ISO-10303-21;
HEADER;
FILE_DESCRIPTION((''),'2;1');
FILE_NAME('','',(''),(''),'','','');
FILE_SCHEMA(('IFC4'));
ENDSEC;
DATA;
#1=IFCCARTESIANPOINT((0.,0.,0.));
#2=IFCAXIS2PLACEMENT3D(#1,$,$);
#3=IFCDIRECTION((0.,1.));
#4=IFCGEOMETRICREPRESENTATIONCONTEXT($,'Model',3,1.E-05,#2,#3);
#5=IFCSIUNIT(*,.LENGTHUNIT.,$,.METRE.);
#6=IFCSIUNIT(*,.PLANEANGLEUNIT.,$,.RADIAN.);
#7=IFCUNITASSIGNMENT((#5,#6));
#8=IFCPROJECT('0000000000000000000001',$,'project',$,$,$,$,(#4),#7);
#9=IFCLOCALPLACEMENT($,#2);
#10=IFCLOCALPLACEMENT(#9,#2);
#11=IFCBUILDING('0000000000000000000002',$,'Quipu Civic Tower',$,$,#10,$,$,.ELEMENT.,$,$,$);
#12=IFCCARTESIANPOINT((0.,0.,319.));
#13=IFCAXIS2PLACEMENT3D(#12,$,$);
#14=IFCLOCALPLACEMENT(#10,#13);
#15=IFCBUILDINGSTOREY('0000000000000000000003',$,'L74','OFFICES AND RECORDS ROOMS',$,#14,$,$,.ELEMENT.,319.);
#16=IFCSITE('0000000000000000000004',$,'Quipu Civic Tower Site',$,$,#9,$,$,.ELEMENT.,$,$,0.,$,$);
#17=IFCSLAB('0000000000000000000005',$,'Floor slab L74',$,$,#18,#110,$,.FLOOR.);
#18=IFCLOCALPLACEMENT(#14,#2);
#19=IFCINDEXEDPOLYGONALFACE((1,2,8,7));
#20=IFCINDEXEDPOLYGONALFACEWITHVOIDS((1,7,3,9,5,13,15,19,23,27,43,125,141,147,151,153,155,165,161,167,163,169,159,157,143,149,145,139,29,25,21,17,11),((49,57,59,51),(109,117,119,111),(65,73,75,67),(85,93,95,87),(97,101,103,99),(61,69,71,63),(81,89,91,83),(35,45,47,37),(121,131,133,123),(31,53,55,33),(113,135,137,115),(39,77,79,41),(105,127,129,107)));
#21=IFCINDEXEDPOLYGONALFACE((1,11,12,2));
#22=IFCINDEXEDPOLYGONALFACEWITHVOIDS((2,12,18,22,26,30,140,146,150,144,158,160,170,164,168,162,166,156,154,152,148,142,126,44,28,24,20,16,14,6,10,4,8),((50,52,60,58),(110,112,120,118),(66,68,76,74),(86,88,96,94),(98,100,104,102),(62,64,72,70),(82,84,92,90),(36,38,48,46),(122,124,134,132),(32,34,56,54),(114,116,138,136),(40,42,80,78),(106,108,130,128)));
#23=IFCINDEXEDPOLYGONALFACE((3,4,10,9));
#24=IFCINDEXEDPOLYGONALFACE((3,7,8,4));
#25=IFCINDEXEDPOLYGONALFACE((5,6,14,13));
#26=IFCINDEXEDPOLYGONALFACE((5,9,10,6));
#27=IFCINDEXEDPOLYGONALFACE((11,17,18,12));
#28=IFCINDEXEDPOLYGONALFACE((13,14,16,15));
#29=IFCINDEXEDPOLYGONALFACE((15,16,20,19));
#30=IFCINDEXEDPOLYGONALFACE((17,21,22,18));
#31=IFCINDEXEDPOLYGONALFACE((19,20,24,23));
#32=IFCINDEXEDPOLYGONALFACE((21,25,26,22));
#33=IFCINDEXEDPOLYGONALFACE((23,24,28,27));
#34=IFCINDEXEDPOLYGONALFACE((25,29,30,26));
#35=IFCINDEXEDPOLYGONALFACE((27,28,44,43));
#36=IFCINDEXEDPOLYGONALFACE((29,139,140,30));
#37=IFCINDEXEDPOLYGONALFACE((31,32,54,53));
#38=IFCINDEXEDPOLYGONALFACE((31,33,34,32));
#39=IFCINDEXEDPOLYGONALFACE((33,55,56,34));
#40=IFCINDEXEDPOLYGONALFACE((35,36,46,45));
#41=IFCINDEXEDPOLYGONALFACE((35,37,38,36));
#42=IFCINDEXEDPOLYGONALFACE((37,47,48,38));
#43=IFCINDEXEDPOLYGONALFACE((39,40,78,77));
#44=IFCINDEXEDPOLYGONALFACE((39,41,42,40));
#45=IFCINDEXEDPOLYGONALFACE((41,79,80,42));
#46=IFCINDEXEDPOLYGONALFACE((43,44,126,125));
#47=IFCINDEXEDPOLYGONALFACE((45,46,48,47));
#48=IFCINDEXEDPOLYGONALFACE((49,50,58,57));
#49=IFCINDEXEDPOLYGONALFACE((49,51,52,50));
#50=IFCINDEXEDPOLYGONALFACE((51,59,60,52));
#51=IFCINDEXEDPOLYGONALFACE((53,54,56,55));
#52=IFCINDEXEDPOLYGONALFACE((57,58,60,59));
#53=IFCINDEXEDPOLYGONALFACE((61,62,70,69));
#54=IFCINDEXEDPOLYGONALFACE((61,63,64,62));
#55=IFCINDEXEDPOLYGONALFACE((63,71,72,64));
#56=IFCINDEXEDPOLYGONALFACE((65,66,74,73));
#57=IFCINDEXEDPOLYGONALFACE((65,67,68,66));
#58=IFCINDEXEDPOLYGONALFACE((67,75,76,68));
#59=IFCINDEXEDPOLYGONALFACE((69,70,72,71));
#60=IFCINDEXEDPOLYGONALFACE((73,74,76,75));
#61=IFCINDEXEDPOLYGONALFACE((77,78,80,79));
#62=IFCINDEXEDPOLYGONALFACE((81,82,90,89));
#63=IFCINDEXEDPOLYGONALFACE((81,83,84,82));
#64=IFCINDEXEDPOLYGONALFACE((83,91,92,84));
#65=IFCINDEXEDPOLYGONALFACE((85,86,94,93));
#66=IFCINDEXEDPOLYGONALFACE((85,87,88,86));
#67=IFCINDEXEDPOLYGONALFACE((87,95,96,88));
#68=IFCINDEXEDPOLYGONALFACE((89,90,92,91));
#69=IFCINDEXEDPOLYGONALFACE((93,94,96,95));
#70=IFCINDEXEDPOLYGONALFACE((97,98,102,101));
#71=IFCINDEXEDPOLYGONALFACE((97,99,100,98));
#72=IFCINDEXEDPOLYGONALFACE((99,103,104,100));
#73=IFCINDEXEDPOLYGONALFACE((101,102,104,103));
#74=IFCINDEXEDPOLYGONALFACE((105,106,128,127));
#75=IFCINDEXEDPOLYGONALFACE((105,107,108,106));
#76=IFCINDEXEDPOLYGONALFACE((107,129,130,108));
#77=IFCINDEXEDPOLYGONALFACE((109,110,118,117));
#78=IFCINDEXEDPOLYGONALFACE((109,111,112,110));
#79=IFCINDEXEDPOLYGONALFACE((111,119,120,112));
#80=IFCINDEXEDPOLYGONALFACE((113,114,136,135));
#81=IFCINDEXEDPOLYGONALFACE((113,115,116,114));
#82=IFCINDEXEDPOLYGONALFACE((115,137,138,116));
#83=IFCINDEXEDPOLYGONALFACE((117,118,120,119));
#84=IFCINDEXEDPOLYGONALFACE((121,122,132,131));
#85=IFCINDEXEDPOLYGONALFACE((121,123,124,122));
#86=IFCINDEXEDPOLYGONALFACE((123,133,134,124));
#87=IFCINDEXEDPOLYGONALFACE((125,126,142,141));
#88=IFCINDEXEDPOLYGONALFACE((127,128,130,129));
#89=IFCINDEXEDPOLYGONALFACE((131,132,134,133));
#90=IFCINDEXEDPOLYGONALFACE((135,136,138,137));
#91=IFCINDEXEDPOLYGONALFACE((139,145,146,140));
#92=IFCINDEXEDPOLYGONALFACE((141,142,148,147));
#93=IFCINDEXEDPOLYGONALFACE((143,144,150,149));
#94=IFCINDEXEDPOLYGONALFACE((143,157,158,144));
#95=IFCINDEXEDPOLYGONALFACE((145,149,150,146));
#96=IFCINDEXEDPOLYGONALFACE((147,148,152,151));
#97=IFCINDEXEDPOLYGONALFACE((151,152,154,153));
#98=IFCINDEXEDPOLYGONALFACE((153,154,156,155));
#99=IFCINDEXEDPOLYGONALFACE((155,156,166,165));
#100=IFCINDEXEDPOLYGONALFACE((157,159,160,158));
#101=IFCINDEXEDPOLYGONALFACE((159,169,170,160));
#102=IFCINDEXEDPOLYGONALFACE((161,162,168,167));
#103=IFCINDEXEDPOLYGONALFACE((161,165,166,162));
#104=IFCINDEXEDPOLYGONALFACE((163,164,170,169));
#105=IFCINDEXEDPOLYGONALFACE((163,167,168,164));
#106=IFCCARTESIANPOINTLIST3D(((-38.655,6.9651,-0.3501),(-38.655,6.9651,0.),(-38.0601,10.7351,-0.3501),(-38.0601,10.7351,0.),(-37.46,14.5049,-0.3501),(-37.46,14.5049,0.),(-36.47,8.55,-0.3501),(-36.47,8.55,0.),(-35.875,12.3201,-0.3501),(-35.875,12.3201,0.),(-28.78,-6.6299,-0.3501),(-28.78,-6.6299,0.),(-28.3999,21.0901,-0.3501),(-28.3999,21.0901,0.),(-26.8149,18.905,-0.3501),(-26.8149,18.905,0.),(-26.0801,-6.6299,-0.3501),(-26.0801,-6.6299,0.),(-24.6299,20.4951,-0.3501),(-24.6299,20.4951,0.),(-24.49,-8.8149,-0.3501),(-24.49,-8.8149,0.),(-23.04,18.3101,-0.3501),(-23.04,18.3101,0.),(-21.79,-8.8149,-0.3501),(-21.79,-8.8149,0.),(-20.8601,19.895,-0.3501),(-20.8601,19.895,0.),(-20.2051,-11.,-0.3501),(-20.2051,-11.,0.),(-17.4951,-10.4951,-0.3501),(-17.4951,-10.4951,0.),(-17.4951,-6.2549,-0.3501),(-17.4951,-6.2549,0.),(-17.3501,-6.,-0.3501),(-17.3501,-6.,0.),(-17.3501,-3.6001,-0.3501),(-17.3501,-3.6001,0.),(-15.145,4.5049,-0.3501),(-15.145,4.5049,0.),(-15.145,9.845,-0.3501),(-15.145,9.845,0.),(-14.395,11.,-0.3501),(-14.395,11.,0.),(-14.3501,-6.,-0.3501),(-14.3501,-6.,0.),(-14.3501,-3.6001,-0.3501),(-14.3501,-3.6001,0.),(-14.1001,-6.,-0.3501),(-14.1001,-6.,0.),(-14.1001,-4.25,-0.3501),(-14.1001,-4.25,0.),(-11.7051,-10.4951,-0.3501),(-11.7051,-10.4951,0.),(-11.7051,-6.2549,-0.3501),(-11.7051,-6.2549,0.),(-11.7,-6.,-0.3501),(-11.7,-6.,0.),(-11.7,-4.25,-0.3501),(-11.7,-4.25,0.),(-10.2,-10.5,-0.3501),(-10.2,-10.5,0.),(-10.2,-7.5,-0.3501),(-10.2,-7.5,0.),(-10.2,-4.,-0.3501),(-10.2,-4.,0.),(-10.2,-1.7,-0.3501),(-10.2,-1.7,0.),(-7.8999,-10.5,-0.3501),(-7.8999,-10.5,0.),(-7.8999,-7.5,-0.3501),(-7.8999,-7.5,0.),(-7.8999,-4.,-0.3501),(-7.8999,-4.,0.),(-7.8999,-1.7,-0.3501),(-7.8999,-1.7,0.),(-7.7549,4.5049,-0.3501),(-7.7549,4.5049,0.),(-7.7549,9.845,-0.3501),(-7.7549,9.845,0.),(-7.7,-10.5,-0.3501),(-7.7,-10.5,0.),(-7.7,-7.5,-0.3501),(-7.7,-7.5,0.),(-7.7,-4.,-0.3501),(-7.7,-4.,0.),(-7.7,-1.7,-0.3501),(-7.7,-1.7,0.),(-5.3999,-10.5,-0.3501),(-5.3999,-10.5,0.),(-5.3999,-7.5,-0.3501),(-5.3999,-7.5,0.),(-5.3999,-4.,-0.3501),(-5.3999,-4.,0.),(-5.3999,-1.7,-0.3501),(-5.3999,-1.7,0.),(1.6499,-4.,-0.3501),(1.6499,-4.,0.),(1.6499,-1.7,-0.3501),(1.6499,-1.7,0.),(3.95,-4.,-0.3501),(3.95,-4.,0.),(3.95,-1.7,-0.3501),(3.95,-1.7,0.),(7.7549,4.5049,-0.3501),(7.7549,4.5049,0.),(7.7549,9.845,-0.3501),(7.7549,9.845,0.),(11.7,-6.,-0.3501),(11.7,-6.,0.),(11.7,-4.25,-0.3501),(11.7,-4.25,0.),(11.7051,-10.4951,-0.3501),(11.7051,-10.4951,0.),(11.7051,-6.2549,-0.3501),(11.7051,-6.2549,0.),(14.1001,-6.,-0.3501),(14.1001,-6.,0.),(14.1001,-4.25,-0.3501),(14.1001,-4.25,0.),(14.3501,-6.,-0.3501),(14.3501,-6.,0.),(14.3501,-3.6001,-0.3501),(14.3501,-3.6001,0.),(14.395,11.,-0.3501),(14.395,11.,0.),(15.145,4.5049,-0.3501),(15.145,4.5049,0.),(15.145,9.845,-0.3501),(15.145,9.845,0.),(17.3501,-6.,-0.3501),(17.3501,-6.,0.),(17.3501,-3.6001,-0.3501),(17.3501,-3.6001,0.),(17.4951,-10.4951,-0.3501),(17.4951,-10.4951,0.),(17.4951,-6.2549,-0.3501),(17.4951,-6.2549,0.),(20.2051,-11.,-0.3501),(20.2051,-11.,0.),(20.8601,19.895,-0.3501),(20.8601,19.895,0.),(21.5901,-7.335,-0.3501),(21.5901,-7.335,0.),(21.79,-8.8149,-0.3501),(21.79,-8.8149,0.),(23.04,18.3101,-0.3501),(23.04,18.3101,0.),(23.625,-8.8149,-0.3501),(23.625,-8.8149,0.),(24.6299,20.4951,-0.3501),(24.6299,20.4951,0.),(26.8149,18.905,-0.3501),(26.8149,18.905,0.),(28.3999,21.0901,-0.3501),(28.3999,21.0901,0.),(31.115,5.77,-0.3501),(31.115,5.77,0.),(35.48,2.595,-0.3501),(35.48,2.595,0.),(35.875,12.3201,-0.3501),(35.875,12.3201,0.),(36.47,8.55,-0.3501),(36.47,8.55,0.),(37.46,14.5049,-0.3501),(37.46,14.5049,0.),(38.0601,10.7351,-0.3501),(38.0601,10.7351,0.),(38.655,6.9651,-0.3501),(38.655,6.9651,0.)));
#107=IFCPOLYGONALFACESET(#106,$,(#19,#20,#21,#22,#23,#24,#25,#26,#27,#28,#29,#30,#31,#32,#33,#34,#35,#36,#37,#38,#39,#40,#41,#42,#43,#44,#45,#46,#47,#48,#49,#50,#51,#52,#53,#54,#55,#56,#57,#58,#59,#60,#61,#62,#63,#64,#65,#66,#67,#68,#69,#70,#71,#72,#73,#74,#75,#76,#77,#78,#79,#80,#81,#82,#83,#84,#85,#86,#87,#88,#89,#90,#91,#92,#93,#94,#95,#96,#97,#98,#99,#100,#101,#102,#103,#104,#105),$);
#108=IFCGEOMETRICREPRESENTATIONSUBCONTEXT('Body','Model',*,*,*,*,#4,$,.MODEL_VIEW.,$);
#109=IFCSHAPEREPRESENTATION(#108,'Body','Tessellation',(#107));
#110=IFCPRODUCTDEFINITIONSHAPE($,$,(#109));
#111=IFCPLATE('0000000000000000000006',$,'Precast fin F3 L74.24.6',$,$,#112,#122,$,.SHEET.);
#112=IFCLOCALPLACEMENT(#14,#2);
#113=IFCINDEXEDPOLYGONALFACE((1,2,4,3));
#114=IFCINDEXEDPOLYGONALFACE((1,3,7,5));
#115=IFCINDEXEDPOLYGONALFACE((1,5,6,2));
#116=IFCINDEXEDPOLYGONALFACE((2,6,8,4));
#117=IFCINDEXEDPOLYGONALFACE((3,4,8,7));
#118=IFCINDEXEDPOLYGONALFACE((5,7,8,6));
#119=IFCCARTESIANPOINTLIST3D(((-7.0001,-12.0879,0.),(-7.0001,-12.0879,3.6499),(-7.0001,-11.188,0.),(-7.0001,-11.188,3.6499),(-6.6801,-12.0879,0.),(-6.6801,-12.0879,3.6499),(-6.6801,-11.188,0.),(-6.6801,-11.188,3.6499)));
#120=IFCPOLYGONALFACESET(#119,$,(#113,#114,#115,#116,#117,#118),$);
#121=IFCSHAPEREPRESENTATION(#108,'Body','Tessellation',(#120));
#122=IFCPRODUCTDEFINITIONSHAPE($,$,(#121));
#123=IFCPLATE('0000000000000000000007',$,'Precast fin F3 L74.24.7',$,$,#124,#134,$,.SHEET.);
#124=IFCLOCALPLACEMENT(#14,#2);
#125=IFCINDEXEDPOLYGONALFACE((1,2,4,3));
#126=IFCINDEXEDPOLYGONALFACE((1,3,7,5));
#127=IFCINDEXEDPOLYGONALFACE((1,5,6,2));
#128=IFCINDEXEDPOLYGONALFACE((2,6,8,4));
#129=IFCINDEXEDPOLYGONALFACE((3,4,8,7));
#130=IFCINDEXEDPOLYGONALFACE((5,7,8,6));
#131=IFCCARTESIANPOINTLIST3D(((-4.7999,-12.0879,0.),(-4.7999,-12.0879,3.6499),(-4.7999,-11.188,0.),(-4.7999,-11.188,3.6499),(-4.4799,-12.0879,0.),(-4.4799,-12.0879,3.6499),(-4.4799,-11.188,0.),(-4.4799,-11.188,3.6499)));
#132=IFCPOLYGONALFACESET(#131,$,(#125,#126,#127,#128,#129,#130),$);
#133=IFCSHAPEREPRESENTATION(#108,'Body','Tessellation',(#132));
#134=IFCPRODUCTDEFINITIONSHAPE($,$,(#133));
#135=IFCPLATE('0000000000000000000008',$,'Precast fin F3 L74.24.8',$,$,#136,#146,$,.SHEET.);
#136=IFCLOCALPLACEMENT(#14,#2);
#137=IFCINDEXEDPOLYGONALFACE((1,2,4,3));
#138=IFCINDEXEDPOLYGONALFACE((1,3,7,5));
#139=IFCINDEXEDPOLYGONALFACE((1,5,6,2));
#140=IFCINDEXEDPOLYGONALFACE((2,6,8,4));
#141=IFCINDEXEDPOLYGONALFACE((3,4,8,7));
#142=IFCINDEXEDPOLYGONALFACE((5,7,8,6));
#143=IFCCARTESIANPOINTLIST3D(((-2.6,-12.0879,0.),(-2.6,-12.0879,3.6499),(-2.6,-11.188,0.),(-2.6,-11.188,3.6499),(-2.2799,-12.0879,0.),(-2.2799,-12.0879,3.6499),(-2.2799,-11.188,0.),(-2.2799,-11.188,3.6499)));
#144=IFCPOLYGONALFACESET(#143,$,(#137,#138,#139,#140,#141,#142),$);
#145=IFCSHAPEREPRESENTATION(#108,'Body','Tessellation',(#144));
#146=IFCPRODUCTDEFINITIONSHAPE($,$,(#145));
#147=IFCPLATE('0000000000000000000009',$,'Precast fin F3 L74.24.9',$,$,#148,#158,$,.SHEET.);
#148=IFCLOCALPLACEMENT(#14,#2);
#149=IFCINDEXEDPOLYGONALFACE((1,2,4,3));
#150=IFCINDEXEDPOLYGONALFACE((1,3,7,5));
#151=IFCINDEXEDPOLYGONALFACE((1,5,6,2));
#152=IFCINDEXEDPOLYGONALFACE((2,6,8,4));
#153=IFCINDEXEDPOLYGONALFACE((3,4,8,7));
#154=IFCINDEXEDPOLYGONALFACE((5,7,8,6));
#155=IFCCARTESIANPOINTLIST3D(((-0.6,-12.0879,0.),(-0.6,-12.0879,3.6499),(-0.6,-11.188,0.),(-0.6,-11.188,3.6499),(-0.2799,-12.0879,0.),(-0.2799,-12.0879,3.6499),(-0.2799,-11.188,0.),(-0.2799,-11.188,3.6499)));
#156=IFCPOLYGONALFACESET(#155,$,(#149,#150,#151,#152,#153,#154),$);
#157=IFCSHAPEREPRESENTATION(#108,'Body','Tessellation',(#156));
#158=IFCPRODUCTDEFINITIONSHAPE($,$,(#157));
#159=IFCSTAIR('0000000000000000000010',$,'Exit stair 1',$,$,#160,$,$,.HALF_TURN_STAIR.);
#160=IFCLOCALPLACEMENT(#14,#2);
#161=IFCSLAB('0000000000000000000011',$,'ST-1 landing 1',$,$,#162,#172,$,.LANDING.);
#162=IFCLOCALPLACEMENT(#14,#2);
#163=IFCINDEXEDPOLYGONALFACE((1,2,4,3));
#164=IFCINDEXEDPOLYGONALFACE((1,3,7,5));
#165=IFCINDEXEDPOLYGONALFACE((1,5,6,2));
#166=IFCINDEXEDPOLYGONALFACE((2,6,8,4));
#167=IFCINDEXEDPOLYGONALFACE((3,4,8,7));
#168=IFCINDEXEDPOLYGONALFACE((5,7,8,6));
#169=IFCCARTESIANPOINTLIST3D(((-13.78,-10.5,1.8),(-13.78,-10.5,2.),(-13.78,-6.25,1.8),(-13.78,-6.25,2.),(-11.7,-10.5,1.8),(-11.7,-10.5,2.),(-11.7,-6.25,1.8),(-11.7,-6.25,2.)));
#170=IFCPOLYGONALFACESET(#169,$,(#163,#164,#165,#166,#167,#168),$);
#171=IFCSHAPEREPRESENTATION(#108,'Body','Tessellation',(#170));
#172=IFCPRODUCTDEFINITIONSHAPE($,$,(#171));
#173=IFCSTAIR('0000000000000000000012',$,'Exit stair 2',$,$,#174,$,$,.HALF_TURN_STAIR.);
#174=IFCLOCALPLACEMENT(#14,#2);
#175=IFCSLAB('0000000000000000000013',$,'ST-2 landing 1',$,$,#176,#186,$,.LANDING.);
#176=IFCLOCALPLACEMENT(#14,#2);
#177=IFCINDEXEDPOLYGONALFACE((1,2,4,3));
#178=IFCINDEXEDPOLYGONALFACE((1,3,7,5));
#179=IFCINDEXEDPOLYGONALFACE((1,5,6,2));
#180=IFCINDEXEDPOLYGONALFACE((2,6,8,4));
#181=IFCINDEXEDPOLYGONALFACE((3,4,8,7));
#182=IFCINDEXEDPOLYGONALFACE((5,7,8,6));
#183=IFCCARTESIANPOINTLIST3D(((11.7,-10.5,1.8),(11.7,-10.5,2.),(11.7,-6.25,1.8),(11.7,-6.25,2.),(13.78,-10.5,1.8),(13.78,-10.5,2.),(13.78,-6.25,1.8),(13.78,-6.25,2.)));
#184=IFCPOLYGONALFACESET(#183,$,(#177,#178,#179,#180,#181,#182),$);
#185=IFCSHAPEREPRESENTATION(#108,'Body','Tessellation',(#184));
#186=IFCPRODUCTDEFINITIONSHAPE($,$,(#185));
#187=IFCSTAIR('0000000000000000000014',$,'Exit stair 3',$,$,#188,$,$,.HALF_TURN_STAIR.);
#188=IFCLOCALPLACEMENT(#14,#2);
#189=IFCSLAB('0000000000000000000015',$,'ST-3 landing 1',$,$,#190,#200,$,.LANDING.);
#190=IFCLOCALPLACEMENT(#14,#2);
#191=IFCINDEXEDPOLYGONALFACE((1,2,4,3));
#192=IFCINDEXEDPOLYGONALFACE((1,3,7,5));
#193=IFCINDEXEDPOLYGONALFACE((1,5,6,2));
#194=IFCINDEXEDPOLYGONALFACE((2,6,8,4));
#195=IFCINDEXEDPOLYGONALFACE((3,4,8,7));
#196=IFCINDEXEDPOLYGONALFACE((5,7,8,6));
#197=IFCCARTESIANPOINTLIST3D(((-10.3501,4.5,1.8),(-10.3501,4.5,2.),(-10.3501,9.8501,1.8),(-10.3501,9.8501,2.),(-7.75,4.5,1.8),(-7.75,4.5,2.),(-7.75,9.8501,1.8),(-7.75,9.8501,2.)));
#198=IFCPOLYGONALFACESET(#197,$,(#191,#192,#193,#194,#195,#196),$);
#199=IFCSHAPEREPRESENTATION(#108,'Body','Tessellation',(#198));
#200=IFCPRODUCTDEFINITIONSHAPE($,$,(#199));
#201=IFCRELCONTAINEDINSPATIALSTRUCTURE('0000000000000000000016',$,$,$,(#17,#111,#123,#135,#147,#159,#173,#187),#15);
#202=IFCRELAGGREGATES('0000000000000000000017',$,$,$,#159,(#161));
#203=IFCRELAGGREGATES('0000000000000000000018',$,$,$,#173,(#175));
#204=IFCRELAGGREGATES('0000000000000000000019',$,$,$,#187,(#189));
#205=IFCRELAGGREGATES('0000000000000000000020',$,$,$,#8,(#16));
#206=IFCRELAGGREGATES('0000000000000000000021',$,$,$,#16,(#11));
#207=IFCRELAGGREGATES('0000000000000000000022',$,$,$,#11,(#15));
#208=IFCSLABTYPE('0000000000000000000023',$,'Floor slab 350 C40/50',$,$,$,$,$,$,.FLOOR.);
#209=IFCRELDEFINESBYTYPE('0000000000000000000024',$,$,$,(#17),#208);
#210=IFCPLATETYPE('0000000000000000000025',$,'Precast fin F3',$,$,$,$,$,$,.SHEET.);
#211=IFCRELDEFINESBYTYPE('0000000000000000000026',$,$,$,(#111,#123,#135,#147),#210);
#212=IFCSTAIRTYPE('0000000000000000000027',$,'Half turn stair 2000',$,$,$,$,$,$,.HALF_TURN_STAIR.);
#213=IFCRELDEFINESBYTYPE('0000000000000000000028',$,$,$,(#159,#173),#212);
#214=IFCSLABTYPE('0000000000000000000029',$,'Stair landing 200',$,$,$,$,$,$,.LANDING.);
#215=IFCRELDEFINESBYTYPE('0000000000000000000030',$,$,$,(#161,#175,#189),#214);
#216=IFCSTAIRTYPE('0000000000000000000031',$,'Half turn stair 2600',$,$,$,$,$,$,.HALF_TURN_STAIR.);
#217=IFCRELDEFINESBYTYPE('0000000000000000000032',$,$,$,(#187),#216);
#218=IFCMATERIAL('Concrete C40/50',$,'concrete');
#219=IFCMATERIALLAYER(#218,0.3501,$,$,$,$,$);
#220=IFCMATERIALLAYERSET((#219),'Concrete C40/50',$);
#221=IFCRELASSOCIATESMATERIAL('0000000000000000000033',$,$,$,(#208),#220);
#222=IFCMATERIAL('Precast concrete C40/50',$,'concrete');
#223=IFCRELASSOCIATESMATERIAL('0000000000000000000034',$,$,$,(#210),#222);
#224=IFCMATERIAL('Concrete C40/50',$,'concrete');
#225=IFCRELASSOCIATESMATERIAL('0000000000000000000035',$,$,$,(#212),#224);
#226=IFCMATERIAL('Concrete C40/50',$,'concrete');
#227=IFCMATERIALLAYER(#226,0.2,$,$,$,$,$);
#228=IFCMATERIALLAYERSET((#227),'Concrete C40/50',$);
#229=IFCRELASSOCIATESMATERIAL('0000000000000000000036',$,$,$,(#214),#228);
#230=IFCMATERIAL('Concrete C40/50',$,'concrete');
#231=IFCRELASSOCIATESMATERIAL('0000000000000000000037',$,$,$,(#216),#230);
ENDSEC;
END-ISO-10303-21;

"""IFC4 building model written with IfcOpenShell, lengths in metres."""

from ifc_helpers import new_model, si_unit, direction, frame, origin, origin_2d, place, context, subcontext, project, spatial, polyline, rectangle, outline, extrude, material, layer, layer_set, type_object, element, aggregate, save


model = new_model("IFC4")

# Units and contexts
model_context = context("Model", 3, precision=1e-05, world=origin(), true_north=direction((0.0, 1.0)))
body_context = subcontext(model_context, "Body", "Model", "MODEL_VIEW")
ifc_project = project(units=[si_unit("LENGTHUNIT", "METRE"), si_unit("PLANEANGLEUNIT", "RADIAN")], contexts=[model_context])

# Site, building, storey
site_placement = place(None, origin())
site = spatial("IfcSite", under=ifc_project, at=site_placement, Name="Quipu Civic Tower Site", CompositionType="ELEMENT", RefElevation=0.0)
building_placement = place(site_placement, origin())
building = spatial("IfcBuilding", under=site, at=building_placement, Name="Quipu Civic Tower", CompositionType="ELEMENT")
storey_placement = place(building_placement, frame((0.0, 0.0, 319.0)))
storey = spatial("IfcBuildingStorey", under=building, at=storey_placement, Name="L74", Description="OFFICES AND RECORDS ROOMS", CompositionType="ELEMENT", Elevation=319.0)

# Slab
ifc_material_1 = material(Name="Concrete C40/50", Category="concrete")
ifc_layer_1 = layer(ifc_material_1, 0.3501)
ifc_layer_set_1 = layer_set([ifc_layer_1], Name="Concrete C40/50")
slab_type_1 = type_object("IfcSlabType", Name="Floor slab 350 C40/50", PredefinedType="FLOOR", material=ifc_layer_set_1)
slab_1_placement = place(storey_placement, frame((0.0, 0.0, -0.3501)))
element("IfcSlab", 1, at=slab_1_placement, inside=storey, type_object=slab_type_1, Name="Floor slab L74", PredefinedType="FLOOR", context=body_context, shape_type="SweptSolid", body=[
    extrude(outline(polyline([(-20.2051, -11.0), (-21.79, -8.8149), (-24.49, -8.8149), (-26.0801, -6.6299), (-28.78, -6.6299), (-38.655, 6.9651), (-36.47, 8.55), (-38.0601, 10.7351), (-35.875, 12.3201), (-37.46, 14.5049), (-28.3999, 21.0901), (-26.8149, 18.905), (-24.6299, 20.4951), (-23.04, 18.3101), (-20.8601, 19.895), (-14.395, 11.0), (14.395, 11.0), (20.8601, 19.895), (23.04, 18.3101), (24.6299, 20.4951), (26.8149, 18.905), (28.3999, 21.0901), (37.46, 14.5049), (35.875, 12.3201), (38.0601, 10.7351), (36.47, 8.55), (38.655, 6.9651), (35.48, 2.595), (31.115, 5.77), (21.5901, -7.335), (23.625, -8.8149), (21.79, -8.8149), (20.2051, -11.0), (-20.2051, -11.0)]), holes=[polyline([(-10.2, -10.5), (-7.8999, -10.5), (-7.8999, -7.5), (-10.2, -7.5), (-10.2, -10.5)]), polyline([(-7.7, -7.5), (-7.7, -10.5), (-5.3999, -10.5), (-5.3999, -7.5), (-7.7, -7.5)]), polyline([(-11.7051, -6.2549), (-17.4951, -6.2549), (-17.4951, -10.4951), (-11.7051, -10.4951), (-11.7051, -6.2549)]), polyline([(-14.1001, -6.0), (-11.7, -6.0), (-11.7, -4.25), (-14.1001, -4.25), (-14.1001, -6.0)]), polyline([(-17.3501, -3.6001), (-17.3501, -6.0), (-14.3501, -6.0), (-14.3501, -3.6001), (-17.3501, -3.6001)]), polyline([(-10.2, -1.7), (-10.2, -4.0), (-7.8999, -4.0), (-7.8999, -1.7), (-10.2, -1.7)]), polyline([(-15.145, 9.845), (-15.145, 4.5049), (-7.7549, 4.5049), (-7.7549, 9.845), (-15.145, 9.845)]), polyline([(11.7051, -10.4951), (17.4951, -10.4951), (17.4951, -6.2549), (11.7051, -6.2549), (11.7051, -10.4951)]), polyline([(11.7, -4.25), (11.7, -6.0), (14.1001, -6.0), (14.1001, -4.25), (11.7, -4.25)]), polyline([(14.3501, -3.6001), (14.3501, -6.0), (17.3501, -6.0), (17.3501, -3.6001), (14.3501, -3.6001)]), polyline([(-7.7, -1.7), (-7.7, -4.0), (-5.3999, -4.0), (-5.3999, -1.7), (-7.7, -1.7)]), polyline([(1.6499, -1.7), (1.6499, -4.0), (3.95, -4.0), (3.95, -1.7), (1.6499, -1.7)]), polyline([(7.7549, 4.5049), (15.145, 4.5049), (15.145, 9.845), (7.7549, 9.845), (7.7549, 4.5049)])]), origin(), (0.0, 0.0, 1.0), 0.3501),
])

# Plates
ifc_material_2 = material(Name="Precast concrete C40/50", Category="concrete")
plate_type = type_object("IfcPlateType", Name="Precast fin F3", PredefinedType="SHEET", material=ifc_material_2)
for number, where, z_axis, x_axis, name in (
    (2, (-6.8401, -11.6379, 0.0), (0.0, 0.0, 1.0), (1.0, 0.0, 0.0), "Precast fin F3 L74.24.6"),
    (3, (-4.6399, -11.6379, 0.0), (0.0, 0.0, 1.0), (1.0, 0.0, 0.0), "Precast fin F3 L74.24.7"),
    (4, (-2.4399, -11.6379, 0.0), (0.0, 0.0, 1.0), (1.0, 0.0, 0.0), "Precast fin F3 L74.24.8"),
    (5, (-0.4399, -11.6379, 0.0), (0.0, 0.0, 1.0), (1.0, 0.0, 0.0), "Precast fin F3 L74.24.9"),
):
    element("IfcPlate", number, at=place(storey_placement, frame(where, z_axis=z_axis, x_axis=x_axis)), inside=storey, type_object=plate_type, Name=name, PredefinedType="SHEET", context=body_context, shape_type="SweptSolid", body=[
        extrude(rectangle(XDim=0.3201, YDim=0.8999, at=origin_2d()), origin(), (0.0, 0.0, 1.0), 3.6499),
    ])

# Stairs, slabs
ifc_material_3 = material(Name="Concrete C40/50", Category="concrete")
stair_type_1 = type_object("IfcStairType", Name="Half turn stair 2000", PredefinedType="HALF_TURN_STAIR", material=ifc_material_3)
stair_1_placement = place(storey_placement, origin())
stair_1 = element("IfcStair", 6, at=stair_1_placement, inside=storey, type_object=stair_type_1, Name="Exit stair 1", PredefinedType="HALF_TURN_STAIR")
ifc_material_4 = material(Name="Concrete C40/50", Category="concrete")
ifc_layer_2 = layer(ifc_material_4, 0.2)
ifc_layer_set_2 = layer_set([ifc_layer_2], Name="Concrete C40/50")
slab_type_2 = type_object("IfcSlabType", Name="Stair landing 200", PredefinedType="LANDING", material=ifc_layer_set_2)
slab_2_placement = place(storey_placement, frame((0.0, 0.0, 1.8)))
slab_2 = element("IfcSlab", 7, at=slab_2_placement, type_object=slab_type_2, Name="ST-1 landing 1", PredefinedType="LANDING", context=body_context, shape_type="SweptSolid", body=[
    extrude(outline(polyline([(-13.78, -10.5), (-11.7, -10.5), (-11.7, -6.25), (-13.78, -6.25), (-13.78, -10.5)])), origin(), (0.0, 0.0, 1.0), 0.2),
])
aggregate(stair_1, [slab_2])
stair_2_placement = place(storey_placement, origin())
stair_2 = element("IfcStair", 8, at=stair_2_placement, inside=storey, type_object=stair_type_1, Name="Exit stair 2", PredefinedType="HALF_TURN_STAIR")
slab_3_placement = place(storey_placement, frame((0.0, 0.0, 1.8)))
slab_3 = element("IfcSlab", 9, at=slab_3_placement, type_object=slab_type_2, Name="ST-2 landing 1", PredefinedType="LANDING", context=body_context, shape_type="SweptSolid", body=[
    extrude(outline(polyline([(13.78, -6.25), (11.7, -6.25), (11.7, -10.5), (13.78, -10.5), (13.78, -6.25)])), origin(), (0.0, 0.0, 1.0), 0.2),
])
aggregate(stair_2, [slab_3])
ifc_material_5 = material(Name="Concrete C40/50", Category="concrete")
stair_type_2 = type_object("IfcStairType", Name="Half turn stair 2600", PredefinedType="HALF_TURN_STAIR", material=ifc_material_5)
stair_3_placement = place(storey_placement, origin())
stair_3 = element("IfcStair", 10, at=stair_3_placement, inside=storey, type_object=stair_type_2, Name="Exit stair 3", PredefinedType="HALF_TURN_STAIR")
slab_4_placement = place(storey_placement, frame((0.0, 0.0, 1.8)))
slab_4 = element("IfcSlab", 11, at=slab_4_placement, type_object=slab_type_2, Name="ST-3 landing 1", PredefinedType="LANDING", context=body_context, shape_type="SweptSolid", body=[
    extrude(outline(polyline([(-10.3501, 4.5), (-7.75, 4.5), (-7.75, 9.8501), (-10.3501, 9.8501), (-10.3501, 4.5)])), origin(), (0.0, 0.0, 1.0), 0.2),
])
aggregate(stair_3, [slab_4])

save(model, "model.ifc")
